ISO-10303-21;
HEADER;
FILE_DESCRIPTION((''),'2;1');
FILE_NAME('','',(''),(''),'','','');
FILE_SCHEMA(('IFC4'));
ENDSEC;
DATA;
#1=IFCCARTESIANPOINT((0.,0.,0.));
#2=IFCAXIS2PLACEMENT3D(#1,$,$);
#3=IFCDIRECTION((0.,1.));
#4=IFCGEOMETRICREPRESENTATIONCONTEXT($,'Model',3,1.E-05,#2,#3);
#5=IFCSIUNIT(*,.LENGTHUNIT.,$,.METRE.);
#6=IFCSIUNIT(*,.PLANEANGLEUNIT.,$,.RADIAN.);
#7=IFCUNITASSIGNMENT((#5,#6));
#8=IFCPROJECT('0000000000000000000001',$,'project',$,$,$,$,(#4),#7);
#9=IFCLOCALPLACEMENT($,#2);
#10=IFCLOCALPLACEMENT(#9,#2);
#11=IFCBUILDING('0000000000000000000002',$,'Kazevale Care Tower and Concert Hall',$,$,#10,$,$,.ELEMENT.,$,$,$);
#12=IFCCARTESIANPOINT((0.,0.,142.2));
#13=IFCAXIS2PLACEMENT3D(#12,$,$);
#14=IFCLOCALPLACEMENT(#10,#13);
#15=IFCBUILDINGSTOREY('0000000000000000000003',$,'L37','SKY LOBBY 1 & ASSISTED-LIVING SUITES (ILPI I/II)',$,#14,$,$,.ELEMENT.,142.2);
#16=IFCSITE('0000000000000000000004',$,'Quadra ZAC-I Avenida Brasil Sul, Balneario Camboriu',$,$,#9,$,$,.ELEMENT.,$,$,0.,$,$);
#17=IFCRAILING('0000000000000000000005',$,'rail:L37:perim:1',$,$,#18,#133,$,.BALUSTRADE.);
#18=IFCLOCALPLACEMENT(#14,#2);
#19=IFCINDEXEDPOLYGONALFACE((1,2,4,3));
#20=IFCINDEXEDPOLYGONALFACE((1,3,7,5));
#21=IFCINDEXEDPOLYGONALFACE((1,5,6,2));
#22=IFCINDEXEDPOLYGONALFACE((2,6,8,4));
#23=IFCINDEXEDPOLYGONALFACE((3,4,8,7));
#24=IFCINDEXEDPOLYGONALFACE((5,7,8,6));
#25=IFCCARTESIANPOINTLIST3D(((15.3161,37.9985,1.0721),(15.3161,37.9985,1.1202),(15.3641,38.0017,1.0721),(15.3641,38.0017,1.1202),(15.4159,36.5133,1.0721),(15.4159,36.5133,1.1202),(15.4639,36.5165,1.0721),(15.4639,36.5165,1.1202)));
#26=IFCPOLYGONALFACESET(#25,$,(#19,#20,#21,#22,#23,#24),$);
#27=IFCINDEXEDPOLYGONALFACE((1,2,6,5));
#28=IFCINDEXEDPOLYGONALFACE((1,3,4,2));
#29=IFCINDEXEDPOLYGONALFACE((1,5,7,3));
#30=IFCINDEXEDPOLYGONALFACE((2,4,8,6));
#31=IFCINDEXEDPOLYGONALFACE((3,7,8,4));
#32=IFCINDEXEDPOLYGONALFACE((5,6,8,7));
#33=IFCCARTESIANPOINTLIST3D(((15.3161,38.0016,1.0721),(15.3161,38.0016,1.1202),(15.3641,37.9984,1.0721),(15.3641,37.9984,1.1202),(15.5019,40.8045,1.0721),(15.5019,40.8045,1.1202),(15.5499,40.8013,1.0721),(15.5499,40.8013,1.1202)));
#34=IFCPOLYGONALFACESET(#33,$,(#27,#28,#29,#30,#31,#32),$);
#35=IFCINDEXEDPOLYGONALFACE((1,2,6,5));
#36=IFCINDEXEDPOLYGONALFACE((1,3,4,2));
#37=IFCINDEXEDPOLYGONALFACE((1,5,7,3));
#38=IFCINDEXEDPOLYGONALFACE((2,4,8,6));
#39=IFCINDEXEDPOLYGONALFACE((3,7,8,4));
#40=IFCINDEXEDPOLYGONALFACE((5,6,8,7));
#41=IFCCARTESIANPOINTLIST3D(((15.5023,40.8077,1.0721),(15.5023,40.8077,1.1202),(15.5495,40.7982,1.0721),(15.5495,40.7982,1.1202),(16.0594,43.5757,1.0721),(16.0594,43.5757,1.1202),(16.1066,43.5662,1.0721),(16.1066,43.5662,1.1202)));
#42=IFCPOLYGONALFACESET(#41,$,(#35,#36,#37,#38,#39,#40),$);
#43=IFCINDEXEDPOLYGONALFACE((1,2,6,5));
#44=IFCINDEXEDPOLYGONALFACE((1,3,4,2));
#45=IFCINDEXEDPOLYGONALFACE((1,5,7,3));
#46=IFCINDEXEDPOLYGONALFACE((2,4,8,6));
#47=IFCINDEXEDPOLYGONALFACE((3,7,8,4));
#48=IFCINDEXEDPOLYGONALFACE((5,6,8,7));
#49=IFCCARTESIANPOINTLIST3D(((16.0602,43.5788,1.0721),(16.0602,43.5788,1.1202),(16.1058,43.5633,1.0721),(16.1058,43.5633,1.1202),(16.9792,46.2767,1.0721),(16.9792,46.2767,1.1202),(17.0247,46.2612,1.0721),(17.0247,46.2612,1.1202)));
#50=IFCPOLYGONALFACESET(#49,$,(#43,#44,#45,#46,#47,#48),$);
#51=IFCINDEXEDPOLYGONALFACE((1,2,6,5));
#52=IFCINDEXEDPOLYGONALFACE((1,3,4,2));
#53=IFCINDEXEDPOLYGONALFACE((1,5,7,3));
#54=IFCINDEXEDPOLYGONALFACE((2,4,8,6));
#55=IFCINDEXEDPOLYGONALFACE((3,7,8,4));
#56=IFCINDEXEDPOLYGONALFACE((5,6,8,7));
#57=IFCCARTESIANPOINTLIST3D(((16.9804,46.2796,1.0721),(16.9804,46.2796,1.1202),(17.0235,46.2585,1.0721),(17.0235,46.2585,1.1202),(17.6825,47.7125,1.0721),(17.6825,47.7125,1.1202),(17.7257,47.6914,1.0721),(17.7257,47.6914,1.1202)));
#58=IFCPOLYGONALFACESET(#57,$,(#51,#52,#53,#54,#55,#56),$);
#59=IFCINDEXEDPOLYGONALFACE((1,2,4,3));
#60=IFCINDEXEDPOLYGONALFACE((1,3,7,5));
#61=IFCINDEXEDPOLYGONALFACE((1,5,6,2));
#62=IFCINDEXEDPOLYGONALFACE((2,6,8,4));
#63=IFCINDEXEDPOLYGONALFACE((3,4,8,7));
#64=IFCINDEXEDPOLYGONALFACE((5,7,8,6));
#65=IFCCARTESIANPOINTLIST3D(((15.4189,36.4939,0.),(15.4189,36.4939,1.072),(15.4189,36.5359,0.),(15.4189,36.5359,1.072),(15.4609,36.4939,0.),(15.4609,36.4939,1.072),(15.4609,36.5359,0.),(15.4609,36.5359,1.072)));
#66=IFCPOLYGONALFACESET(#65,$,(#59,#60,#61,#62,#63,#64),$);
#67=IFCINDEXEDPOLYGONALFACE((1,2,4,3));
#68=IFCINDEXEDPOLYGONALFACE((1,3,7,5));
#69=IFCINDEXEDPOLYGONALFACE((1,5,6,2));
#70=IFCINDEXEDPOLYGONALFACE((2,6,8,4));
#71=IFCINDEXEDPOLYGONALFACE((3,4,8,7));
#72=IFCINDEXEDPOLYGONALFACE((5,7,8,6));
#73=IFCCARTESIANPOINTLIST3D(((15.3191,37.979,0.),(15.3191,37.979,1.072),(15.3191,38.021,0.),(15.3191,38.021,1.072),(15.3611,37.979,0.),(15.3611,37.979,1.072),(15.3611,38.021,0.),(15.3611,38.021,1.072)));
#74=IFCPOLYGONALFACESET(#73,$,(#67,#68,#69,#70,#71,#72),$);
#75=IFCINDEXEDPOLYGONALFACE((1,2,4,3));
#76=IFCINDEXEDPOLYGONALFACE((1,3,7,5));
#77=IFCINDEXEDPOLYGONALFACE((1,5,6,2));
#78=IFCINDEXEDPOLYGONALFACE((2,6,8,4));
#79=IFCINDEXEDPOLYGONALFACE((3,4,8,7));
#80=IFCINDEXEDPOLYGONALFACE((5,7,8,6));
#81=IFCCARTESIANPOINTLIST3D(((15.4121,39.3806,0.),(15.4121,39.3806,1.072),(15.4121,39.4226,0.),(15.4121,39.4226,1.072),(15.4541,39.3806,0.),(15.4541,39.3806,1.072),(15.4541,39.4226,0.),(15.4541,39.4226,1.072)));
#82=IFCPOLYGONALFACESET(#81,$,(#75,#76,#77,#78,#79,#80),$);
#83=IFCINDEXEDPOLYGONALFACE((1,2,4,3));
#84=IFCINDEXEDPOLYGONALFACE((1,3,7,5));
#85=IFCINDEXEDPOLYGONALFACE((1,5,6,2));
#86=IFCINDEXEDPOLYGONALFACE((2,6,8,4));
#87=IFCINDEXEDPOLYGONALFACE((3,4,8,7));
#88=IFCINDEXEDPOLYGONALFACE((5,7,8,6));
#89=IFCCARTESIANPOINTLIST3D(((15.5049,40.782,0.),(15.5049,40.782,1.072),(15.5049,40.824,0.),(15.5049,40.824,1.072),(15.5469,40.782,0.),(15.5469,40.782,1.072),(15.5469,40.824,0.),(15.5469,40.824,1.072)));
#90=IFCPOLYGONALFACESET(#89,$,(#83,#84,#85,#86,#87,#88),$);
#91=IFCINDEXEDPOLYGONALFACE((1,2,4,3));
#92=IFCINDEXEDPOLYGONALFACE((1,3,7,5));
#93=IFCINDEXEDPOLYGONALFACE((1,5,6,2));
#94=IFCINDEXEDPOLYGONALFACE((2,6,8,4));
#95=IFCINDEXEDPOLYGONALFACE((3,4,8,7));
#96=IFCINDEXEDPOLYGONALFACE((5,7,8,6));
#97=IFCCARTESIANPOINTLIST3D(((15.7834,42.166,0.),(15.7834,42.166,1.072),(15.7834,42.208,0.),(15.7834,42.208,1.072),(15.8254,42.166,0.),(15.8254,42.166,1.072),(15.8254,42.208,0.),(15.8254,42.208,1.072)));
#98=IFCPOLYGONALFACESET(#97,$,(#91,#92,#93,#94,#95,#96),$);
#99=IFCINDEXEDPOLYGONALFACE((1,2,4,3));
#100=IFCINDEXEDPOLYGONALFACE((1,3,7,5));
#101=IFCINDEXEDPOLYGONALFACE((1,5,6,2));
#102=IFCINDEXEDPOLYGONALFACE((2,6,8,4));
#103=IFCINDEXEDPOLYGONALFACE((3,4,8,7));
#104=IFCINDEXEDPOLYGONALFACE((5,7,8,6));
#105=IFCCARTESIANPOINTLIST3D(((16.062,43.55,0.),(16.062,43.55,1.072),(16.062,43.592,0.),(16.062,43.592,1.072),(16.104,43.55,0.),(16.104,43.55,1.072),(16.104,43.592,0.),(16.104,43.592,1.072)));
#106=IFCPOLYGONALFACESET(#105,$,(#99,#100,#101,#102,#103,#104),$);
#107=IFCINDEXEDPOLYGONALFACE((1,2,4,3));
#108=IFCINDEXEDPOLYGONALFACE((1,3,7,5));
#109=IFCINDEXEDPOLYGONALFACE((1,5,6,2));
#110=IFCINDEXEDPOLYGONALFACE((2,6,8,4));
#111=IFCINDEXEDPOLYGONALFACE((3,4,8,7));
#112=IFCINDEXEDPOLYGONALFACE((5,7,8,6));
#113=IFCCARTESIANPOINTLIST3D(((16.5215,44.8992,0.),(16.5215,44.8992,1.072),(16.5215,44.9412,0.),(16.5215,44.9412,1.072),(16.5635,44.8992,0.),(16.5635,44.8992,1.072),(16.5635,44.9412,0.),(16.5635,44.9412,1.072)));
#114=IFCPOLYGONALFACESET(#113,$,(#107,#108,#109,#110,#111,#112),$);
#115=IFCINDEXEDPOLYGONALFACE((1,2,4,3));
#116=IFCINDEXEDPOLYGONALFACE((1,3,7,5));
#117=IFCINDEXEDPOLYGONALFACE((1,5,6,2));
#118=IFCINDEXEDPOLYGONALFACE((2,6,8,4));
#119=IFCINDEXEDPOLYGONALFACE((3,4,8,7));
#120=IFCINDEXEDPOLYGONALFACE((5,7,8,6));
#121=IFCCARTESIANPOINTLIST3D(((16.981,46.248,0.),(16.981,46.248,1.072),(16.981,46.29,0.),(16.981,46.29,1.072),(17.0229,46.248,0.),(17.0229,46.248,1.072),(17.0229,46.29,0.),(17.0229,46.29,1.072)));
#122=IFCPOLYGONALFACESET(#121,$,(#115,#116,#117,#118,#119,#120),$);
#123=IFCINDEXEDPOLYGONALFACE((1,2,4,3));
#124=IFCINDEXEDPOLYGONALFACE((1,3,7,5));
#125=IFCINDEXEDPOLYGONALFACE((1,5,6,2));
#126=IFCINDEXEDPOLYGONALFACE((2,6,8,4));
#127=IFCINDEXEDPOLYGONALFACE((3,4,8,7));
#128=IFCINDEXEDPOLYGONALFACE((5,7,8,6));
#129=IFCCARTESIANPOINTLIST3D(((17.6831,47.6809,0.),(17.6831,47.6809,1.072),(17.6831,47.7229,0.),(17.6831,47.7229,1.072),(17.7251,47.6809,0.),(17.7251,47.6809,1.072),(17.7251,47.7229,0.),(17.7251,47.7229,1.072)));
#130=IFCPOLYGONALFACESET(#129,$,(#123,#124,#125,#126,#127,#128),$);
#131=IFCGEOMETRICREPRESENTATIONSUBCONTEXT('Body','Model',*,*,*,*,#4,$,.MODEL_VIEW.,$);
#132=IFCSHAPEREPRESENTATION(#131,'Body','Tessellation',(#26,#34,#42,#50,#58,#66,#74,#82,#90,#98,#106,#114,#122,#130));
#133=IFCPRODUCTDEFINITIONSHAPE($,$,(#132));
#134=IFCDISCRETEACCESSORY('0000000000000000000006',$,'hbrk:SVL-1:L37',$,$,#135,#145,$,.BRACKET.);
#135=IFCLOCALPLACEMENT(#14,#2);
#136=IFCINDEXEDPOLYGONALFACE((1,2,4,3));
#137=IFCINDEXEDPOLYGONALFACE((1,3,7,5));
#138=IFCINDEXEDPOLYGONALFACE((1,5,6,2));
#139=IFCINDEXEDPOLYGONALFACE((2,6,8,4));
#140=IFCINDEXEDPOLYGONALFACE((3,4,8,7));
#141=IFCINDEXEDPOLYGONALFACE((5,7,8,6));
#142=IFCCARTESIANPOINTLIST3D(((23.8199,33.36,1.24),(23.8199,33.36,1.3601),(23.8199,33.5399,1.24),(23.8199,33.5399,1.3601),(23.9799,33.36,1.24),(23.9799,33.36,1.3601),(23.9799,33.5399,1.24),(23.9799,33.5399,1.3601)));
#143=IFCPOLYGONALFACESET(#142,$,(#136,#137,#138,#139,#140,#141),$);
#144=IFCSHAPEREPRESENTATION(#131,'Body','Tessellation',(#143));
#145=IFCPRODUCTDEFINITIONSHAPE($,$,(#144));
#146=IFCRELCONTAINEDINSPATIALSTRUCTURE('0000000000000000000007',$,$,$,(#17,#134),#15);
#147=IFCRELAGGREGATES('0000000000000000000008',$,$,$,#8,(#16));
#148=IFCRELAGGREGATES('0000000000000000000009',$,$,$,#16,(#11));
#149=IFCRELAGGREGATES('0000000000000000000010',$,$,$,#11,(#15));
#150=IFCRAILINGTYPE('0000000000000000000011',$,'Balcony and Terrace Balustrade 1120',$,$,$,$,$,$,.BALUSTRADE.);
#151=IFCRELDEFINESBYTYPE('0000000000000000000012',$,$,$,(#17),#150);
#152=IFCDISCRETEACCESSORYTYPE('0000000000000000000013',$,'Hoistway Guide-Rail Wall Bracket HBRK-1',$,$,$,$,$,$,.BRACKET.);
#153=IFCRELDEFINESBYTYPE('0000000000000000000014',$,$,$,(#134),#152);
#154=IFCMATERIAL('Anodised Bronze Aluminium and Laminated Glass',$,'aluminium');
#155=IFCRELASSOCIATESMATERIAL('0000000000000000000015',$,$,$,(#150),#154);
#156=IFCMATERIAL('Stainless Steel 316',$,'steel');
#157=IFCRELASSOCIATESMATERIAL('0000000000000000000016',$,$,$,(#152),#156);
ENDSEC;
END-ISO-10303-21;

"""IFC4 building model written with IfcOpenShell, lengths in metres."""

from ifc_helpers import new_model, si_unit, direction, frame, origin, origin_2d, place, context, subcontext, project, spatial, rectangle, extrude, material, type_object, element, save


model = new_model("IFC4")

# Units and contexts
model_context = context("Model", 3, precision=1e-05, world=origin(), true_north=direction((0.0, 1.0)))
body_context = subcontext(model_context, "Body", "Model", "MODEL_VIEW")
ifc_project = project(units=[si_unit("LENGTHUNIT", "METRE"), si_unit("PLANEANGLEUNIT", "RADIAN")], contexts=[model_context])

# Site, building, storey
site_placement = place(None, origin())
site = spatial("IfcSite", under=ifc_project, at=site_placement, Name="Quadra ZAC-I Avenida Brasil Sul, Balneario Camboriu", CompositionType="ELEMENT", RefElevation=0.0)
building_placement = place(site_placement, origin())
building = spatial("IfcBuilding", under=site, at=building_placement, Name="Kazevale Care Tower and Concert Hall", CompositionType="ELEMENT")
storey_placement = place(building_placement, frame((0.0, 0.0, 142.2)))
storey = spatial("IfcBuildingStorey", under=building, at=storey_placement, Name="L37", Description="SKY LOBBY 1 & ASSISTED-LIVING SUITES (ILPI I/II)", CompositionType="ELEMENT", Elevation=142.2)

# Shared definitions
ifc_material_1 = material(Name="Stainless Steel 316", Category="steel")

# Railing
ifc_material_2 = material(Name="Anodised Bronze Aluminium and Laminated Glass", Category="aluminium")
railing_type = type_object("IfcRailingType", Name="Balcony and Terrace Balustrade 1120", PredefinedType="BALUSTRADE", material=ifc_material_2)
railing_placement = place(storey_placement, frame((15.4399, 36.5149, 0.0)))
element("IfcRailing", 1, at=railing_placement, inside=storey, type_object=railing_type, Name="rail:L37:perim:1", PredefinedType="BALUSTRADE", context=body_context, shape_type="SweptSolid", body=[
    extrude(rectangle(XDim=0.0481, YDim=0.0481, at=origin_2d()), frame((0.0, 0.0, 1.0962), z_axis=(-0.067085, 0.997747, 0.0), x_axis=(-0.997747, -0.067085, 0.0)), (0.0, 0.0, 1.0), 1.4885),
    extrude(rectangle(XDim=0.0481, YDim=0.0481, at=origin_2d()), frame((-0.0999, 1.4851, 1.0962), z_axis=(0.066138, 0.99781, 0.0), x_axis=(-0.99781, 0.066138, 0.0)), (0.0, 0.0, 1.0), 2.8091),
    extrude(rectangle(XDim=0.0481, YDim=0.0481, at=origin_2d()), frame((0.0859, 4.2881, 1.0962), z_axis=(0.197313, 0.980341, 0.0), x_axis=(-0.980341, 0.197313, 0.0)), (0.0, 0.0, 1.0), 2.8235),
    extrude(rectangle(XDim=0.0481, YDim=0.0481, at=origin_2d()), frame((0.6431, 7.0562, 1.0962), z_axis=(0.322414, 0.946599, 0.0), x_axis=(-0.946599, 0.322414, 0.0)), (0.0, 0.0, 1.0), 2.8501),
    extrude(rectangle(XDim=0.0481, YDim=0.0481, at=origin_2d()), frame((1.562, 9.7542, 1.0962), z_axis=(0.440039, 0.897979, 0.0), x_axis=(-0.897979, 0.440039, 0.0)), (0.0, 0.0, 1.0), 1.5957),
    extrude(rectangle(XDim=0.042, YDim=0.042, at=origin_2d()), origin(), (0.0, 0.0, 1.0), 1.072),
    extrude(rectangle(XDim=0.042, YDim=0.042, at=origin_2d()), frame((-0.0999, 1.4851, 0.0)), (0.0, 0.0, 1.0), 1.072),
    extrude(rectangle(XDim=0.042, YDim=0.042, at=origin_2d()), frame((-0.0068, 2.8867, 0.0)), (0.0, 0.0, 1.0), 1.072),
    extrude(rectangle(XDim=0.042, YDim=0.042, at=origin_2d()), frame((0.0859, 4.2881, 0.0)), (0.0, 0.0, 1.0), 1.072),
    extrude(rectangle(XDim=0.042, YDim=0.042, at=origin_2d()), frame((0.3645, 5.6721, 0.0)), (0.0, 0.0, 1.0), 1.072),
    extrude(rectangle(XDim=0.042, YDim=0.042, at=origin_2d()), frame((0.6431, 7.0562, 0.0)), (0.0, 0.0, 1.0), 1.072),
    extrude(rectangle(XDim=0.042, YDim=0.042, at=origin_2d()), frame((1.1025, 8.4053, 0.0)), (0.0, 0.0, 1.0), 1.072),
    extrude(rectangle(XDim=0.042, YDim=0.042, at=origin_2d()), frame((1.562, 9.7542, 0.0)), (0.0, 0.0, 1.0), 1.072),
    extrude(rectangle(XDim=0.042, YDim=0.042, at=origin_2d()), frame((2.2642, 11.187, 0.0)), (0.0, 0.0, 1.0), 1.072),
])

# Discrete accessory
discrete_accessory_type = type_object("IfcDiscreteAccessoryType", Name="Hoistway Guide-Rail Wall Bracket HBRK-1", PredefinedType="BRACKET", material=ifc_material_1)
discrete_accessory_placement = place(storey_placement, frame((23.8999, 33.45, 1.24), z_axis=(0.0, 0.0, 1.0), x_axis=(1.0, 0.0, 0.0)))
element("IfcDiscreteAccessory", 2, at=discrete_accessory_placement, inside=storey, type_object=discrete_accessory_type, Name="hbrk:SVL-1:L37", PredefinedType="BRACKET", context=body_context, shape_type="SweptSolid", body=[
    extrude(rectangle(XDim=0.1599, YDim=0.1799, at=origin_2d()), origin(), (0.0, 0.0, 1.0), 0.1201),
])

save(model, "model.ifc")
